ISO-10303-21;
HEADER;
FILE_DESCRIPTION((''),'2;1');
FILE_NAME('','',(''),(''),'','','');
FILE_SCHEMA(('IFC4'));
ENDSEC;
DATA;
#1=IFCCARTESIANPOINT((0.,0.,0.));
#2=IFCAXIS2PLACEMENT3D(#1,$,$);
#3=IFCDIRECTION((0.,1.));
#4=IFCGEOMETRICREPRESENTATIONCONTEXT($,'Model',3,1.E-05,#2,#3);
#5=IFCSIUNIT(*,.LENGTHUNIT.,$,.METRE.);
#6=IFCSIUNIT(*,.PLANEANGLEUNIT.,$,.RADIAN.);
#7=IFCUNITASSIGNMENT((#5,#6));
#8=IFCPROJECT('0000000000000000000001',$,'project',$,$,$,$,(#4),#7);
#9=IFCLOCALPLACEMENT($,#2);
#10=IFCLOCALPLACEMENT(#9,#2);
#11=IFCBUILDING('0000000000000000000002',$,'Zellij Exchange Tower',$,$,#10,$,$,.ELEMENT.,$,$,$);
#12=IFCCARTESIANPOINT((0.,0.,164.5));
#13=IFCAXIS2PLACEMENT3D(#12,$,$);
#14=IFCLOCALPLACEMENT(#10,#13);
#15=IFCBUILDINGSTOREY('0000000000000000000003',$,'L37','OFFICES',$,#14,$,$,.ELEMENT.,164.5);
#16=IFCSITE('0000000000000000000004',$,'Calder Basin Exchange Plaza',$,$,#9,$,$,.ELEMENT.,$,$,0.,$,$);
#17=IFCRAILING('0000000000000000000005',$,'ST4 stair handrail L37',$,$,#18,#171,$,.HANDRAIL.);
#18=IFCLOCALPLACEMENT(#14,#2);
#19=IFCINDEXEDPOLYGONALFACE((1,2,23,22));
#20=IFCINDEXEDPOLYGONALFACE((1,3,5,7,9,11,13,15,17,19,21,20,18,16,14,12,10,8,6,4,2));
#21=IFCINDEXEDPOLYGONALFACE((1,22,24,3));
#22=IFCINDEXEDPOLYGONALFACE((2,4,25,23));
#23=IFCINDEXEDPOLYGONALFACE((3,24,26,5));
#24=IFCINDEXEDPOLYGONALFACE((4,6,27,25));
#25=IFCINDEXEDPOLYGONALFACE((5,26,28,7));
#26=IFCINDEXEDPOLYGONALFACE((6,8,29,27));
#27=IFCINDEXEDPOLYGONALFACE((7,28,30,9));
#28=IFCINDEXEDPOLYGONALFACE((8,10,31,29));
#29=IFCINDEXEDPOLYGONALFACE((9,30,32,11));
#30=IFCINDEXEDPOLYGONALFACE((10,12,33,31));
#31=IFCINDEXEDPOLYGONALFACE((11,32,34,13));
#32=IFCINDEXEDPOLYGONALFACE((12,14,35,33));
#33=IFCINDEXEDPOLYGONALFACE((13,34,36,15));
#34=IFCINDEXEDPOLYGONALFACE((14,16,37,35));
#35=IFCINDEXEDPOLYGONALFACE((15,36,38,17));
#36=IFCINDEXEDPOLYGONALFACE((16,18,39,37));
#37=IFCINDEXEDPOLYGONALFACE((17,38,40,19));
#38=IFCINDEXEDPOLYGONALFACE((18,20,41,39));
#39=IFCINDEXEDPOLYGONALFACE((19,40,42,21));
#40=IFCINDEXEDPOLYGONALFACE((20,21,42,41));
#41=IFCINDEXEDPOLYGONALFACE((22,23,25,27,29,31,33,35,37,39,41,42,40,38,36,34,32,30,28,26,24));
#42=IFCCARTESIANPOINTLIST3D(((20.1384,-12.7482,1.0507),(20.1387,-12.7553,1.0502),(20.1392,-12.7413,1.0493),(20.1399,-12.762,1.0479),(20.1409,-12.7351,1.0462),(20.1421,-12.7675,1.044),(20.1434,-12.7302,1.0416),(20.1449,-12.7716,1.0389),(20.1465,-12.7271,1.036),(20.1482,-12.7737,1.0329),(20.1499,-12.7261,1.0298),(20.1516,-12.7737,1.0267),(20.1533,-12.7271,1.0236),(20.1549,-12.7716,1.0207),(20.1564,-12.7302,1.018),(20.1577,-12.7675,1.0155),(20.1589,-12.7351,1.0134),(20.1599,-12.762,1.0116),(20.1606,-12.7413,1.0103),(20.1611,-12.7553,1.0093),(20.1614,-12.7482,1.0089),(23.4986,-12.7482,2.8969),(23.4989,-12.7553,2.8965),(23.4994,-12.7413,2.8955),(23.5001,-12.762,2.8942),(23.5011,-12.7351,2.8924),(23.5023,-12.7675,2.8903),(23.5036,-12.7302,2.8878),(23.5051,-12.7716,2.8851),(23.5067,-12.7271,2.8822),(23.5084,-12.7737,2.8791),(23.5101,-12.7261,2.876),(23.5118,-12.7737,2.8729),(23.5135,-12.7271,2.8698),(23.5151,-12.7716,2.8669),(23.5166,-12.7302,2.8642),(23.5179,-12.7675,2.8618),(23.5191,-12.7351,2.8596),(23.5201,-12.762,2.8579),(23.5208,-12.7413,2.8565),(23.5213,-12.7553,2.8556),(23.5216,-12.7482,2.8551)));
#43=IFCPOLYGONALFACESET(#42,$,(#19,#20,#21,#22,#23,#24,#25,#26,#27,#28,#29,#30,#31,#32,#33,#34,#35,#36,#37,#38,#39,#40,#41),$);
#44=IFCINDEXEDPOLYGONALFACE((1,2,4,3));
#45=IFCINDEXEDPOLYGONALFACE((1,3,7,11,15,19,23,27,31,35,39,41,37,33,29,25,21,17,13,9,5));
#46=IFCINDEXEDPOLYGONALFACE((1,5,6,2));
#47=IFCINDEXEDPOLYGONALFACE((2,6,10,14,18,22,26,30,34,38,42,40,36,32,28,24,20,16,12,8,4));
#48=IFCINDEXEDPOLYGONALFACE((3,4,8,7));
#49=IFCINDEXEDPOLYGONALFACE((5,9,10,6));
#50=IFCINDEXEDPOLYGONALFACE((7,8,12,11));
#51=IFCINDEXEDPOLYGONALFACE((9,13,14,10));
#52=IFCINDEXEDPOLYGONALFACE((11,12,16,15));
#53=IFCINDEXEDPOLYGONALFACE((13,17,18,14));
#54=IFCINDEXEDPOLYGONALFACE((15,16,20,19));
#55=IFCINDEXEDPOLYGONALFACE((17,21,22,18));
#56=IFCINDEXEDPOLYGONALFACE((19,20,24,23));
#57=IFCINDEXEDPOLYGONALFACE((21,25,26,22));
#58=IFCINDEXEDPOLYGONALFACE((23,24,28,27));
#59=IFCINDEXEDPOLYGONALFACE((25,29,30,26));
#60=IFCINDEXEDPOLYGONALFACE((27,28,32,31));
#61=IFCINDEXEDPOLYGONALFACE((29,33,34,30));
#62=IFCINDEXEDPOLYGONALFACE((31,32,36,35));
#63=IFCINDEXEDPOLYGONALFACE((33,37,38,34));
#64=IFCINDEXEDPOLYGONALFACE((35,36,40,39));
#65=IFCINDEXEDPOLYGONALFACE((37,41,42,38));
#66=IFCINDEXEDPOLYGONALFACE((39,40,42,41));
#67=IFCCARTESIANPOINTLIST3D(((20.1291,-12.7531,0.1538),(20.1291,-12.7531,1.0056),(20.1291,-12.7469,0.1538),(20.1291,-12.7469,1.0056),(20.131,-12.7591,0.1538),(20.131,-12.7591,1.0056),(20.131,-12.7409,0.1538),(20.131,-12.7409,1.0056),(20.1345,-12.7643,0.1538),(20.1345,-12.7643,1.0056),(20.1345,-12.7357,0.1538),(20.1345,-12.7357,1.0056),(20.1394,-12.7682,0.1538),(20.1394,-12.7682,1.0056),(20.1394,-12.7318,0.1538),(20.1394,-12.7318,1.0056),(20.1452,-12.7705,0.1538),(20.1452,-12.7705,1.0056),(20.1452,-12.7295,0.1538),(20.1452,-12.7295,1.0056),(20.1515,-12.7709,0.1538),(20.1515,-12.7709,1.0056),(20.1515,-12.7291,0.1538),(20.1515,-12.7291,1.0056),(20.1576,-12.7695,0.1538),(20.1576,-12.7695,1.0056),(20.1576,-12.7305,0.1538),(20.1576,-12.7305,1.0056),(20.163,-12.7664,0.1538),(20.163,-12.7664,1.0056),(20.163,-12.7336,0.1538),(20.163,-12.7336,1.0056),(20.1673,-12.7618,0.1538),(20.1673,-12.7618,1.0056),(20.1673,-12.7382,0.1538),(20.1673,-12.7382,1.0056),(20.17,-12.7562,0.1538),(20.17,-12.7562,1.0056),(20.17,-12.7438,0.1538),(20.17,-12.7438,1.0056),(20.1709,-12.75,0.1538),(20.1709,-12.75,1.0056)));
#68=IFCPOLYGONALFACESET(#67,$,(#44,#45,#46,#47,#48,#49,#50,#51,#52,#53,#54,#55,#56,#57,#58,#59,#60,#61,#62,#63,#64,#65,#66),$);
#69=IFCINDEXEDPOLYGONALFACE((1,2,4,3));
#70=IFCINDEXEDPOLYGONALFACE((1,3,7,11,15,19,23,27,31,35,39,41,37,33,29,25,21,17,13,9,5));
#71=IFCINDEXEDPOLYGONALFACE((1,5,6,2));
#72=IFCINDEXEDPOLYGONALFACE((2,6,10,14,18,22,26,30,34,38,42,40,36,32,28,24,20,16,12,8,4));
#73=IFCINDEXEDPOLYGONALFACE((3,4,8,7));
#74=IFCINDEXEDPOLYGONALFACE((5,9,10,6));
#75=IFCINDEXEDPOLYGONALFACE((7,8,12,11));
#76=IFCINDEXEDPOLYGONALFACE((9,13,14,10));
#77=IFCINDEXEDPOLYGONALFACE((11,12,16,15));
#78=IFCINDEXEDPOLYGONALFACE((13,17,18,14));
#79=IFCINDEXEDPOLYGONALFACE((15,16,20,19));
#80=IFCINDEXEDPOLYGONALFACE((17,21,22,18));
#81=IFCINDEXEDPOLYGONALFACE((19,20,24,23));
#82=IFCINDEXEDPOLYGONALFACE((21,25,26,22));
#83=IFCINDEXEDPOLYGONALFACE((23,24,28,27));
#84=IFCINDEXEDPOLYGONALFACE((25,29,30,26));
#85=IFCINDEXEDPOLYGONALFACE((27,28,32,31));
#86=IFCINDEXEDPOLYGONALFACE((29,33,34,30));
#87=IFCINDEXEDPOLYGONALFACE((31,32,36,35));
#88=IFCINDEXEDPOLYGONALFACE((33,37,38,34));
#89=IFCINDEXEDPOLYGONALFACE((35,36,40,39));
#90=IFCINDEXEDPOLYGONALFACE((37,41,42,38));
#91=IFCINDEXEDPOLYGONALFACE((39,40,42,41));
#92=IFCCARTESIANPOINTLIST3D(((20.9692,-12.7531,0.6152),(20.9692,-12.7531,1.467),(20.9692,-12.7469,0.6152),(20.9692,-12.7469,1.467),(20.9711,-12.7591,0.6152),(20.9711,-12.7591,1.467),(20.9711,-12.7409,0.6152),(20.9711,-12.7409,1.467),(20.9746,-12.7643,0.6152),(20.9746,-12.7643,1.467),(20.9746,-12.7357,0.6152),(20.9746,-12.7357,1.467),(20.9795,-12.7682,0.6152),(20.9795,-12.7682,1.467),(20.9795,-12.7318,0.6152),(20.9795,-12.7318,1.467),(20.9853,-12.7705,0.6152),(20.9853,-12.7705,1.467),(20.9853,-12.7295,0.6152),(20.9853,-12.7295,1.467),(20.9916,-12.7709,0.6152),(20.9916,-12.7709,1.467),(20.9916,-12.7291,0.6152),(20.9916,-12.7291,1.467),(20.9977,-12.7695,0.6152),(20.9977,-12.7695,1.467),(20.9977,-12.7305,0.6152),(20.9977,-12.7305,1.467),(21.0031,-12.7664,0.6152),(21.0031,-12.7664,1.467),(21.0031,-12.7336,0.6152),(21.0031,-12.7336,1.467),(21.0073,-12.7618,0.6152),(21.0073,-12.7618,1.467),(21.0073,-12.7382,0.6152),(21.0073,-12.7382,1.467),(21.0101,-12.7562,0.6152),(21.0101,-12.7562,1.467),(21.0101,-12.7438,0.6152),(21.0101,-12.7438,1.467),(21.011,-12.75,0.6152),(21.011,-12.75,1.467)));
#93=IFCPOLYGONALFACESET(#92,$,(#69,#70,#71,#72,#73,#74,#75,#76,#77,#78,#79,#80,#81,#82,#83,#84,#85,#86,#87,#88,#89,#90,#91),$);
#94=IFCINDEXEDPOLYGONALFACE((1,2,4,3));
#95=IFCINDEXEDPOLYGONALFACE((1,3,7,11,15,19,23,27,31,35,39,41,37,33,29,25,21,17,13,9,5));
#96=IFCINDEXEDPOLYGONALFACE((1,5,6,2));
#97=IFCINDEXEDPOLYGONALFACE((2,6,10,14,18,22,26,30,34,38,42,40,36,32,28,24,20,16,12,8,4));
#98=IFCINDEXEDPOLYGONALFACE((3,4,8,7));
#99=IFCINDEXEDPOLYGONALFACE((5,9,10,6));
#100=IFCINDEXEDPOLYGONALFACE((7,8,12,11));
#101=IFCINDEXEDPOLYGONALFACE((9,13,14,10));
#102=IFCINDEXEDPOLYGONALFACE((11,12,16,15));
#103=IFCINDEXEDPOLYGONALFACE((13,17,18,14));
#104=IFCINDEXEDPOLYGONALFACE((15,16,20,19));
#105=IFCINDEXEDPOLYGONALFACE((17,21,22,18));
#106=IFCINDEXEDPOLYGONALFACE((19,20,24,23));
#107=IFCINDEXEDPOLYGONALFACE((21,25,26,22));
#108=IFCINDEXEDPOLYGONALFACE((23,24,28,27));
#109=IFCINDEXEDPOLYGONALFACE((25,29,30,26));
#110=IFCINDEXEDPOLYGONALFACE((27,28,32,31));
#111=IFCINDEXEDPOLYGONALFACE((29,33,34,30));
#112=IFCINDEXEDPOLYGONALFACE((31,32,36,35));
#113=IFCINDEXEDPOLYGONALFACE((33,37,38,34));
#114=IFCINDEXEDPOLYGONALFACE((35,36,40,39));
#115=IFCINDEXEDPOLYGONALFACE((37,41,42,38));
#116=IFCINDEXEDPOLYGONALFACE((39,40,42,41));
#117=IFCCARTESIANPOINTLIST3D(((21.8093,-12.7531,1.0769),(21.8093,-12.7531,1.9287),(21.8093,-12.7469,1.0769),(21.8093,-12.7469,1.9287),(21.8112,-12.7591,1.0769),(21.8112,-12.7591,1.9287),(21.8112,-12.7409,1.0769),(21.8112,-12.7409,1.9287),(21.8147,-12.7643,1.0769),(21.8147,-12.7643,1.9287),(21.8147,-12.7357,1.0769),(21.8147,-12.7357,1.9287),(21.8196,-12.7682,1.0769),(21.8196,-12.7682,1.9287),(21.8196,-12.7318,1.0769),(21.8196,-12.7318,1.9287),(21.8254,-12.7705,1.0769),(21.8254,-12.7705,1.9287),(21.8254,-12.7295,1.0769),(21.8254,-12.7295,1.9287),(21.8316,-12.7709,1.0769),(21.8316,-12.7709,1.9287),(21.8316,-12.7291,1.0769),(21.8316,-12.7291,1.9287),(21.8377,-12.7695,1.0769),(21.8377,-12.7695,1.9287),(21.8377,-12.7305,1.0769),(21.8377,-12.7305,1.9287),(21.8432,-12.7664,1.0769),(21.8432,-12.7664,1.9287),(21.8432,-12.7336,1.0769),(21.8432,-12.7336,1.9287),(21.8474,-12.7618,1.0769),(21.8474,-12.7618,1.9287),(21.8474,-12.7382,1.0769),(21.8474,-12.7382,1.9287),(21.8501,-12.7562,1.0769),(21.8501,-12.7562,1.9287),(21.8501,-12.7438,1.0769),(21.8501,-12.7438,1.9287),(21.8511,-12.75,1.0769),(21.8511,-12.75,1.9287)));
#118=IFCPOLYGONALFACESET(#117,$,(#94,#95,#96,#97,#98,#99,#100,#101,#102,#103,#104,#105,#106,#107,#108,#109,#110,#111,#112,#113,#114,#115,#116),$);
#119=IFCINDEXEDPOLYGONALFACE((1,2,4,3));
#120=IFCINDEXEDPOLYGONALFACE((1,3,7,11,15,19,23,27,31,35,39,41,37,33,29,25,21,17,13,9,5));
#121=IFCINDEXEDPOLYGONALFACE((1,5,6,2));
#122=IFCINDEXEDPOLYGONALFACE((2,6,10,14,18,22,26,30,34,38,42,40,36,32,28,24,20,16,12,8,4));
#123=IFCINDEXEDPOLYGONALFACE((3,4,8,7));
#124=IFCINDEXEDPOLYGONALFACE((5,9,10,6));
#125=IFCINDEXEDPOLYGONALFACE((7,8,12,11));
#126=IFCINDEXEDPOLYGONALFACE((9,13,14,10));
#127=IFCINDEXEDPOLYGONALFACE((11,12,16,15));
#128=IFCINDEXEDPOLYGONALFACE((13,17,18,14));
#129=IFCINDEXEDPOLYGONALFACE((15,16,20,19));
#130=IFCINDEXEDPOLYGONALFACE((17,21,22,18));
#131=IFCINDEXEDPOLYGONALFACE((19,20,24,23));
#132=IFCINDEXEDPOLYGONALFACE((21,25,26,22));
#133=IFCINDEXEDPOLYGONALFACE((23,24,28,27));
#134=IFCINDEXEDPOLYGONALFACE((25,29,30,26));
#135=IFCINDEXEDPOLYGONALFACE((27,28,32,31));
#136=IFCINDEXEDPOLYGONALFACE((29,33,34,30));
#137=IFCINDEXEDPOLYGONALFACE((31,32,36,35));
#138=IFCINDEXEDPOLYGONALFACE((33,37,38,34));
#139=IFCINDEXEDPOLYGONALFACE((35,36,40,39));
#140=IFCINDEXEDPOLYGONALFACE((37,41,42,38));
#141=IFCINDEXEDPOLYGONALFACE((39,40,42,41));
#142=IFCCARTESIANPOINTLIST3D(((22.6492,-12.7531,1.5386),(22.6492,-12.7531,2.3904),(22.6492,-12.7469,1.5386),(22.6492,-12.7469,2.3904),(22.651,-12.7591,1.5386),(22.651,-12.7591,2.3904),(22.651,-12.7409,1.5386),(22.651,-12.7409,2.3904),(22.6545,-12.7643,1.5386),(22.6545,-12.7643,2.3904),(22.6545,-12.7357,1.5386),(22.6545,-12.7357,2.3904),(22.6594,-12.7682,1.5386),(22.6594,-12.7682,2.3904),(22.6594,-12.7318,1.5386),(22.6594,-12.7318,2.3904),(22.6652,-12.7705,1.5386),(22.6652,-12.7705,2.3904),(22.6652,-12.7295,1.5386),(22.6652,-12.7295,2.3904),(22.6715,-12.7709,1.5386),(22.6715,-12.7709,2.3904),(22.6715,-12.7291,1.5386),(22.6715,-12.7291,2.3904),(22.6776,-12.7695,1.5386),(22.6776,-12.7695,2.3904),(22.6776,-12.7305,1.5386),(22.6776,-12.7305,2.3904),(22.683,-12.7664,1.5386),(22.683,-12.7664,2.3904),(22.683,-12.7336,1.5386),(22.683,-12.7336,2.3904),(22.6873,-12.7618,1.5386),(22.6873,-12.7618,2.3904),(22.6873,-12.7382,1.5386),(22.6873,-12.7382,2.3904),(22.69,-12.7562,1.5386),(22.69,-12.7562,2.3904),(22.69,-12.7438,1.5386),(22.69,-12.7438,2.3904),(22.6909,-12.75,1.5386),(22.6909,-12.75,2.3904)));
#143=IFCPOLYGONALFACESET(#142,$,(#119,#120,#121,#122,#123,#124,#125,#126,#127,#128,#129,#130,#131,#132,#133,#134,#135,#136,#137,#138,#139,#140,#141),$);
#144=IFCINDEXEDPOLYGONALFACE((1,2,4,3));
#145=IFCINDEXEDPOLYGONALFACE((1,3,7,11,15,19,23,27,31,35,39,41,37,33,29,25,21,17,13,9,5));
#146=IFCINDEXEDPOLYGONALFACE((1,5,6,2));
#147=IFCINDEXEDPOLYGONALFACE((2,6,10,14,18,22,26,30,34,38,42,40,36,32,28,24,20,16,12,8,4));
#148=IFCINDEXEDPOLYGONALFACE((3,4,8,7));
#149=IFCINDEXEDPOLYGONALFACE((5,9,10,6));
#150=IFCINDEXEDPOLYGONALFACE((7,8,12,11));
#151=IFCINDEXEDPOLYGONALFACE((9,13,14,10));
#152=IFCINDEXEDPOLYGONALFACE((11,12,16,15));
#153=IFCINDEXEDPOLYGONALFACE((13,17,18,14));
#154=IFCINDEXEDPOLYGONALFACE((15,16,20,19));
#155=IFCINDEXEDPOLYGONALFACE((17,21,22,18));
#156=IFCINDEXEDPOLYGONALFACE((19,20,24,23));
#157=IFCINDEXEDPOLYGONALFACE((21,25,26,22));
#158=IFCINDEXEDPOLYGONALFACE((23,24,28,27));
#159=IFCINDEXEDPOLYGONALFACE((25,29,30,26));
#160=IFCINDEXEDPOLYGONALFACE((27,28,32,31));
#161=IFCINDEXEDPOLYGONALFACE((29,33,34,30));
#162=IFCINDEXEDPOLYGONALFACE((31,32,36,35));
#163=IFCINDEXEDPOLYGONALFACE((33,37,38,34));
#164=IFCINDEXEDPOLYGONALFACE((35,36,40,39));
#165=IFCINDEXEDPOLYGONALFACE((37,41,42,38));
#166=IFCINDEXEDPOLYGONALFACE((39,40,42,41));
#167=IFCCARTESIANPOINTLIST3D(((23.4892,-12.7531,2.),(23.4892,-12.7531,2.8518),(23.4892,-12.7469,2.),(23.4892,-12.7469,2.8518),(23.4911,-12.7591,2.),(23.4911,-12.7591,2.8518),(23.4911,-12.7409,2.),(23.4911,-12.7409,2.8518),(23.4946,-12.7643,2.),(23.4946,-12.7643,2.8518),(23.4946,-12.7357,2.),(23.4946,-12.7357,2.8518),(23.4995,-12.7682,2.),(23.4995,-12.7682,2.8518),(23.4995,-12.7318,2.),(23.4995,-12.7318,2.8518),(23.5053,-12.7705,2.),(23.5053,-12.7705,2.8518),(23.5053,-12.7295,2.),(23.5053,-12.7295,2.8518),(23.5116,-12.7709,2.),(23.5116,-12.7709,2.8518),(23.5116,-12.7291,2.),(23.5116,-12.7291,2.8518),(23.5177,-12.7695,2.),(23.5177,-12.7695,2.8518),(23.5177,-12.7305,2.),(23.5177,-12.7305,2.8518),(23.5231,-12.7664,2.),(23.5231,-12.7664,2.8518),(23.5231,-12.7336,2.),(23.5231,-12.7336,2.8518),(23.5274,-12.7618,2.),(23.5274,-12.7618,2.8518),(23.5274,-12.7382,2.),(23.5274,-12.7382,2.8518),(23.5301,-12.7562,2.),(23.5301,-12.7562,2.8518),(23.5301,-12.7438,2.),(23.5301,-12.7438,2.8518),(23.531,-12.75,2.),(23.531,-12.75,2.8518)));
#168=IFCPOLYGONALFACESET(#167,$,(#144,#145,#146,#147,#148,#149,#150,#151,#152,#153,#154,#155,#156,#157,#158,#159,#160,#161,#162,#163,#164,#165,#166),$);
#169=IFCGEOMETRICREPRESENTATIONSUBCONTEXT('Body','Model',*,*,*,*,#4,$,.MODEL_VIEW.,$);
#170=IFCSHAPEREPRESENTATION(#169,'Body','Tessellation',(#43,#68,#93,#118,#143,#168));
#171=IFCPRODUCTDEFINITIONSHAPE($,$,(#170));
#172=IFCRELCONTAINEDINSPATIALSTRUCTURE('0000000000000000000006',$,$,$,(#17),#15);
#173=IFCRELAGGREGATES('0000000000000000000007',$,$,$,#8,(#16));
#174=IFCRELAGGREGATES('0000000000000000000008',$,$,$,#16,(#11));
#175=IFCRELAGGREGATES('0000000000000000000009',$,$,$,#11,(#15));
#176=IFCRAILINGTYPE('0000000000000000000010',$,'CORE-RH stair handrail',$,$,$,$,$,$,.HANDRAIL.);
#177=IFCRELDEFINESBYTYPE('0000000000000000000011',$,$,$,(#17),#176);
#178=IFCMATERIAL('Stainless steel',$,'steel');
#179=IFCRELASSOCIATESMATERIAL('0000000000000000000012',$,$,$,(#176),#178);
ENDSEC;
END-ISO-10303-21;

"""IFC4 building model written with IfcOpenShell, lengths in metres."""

from ifc_helpers import new_model, si_unit, direction, frame, origin, origin_2d, place, context, subcontext, project, spatial, circle, extrude, material, type_object, element, save


model = new_model("IFC4")

# Units and contexts
model_context = context("Model", 3, precision=1e-05, world=origin(), true_north=direction((0.0, 1.0)))
body_context = subcontext(model_context, "Body", "Model", "MODEL_VIEW")
ifc_project = project(units=[si_unit("LENGTHUNIT", "METRE"), si_unit("PLANEANGLEUNIT", "RADIAN")], contexts=[model_context])

# Site, building, storey
site_placement = place(None, origin())
site = spatial("IfcSite", under=ifc_project, at=site_placement, Name="Calder Basin Exchange Plaza", CompositionType="ELEMENT", RefElevation=0.0)
building_placement = place(site_placement, origin())
building = spatial("IfcBuilding", under=site, at=building_placement, Name="Zellij Exchange Tower", CompositionType="ELEMENT")
storey_placement = place(building_placement, frame((0.0, 0.0, 164.5)))
storey = spatial("IfcBuildingStorey", under=building, at=storey_placement, Name="L37", Description="OFFICES", CompositionType="ELEMENT", Elevation=164.5)

# Railing
ifc_material_1 = material(Name="Stainless steel", Category="steel")
railing_type_1 = type_object("IfcRailingType", Name="CORE-RH stair handrail", PredefinedType="HANDRAIL", material=ifc_material_1)
railing_1_placement = place(storey_placement, frame((20.1499, -12.75, 0.1538)))
element("IfcRailing", 1, at=railing_1_placement, inside=storey, type_object=railing_type_1, Name="ST4 stair handrail L37", PredefinedType="HANDRAIL", context=body_context, shape_type="SweptSolid", body=[
    extrude(circle(Radius=0.0239, at=origin_2d()), frame((0.0, 0.0, 0.876), z_axis=(0.876422, 0.0, 0.481545), x_axis=(0.0, 1.0, 0.0)), (0.0, 0.0, 1.0), 3.834),
    extrude(circle(Radius=0.021, at=origin_2d()), origin(), (0.0, 0.0, 1.0), 0.8518),
    extrude(circle(Radius=0.021, at=origin_2d()), frame((0.8401, 0.0, 0.4614)), (0.0, 0.0, 1.0), 0.8518),
    extrude(circle(Radius=0.021, at=origin_2d()), frame((1.6802, 0.0, 0.9231)), (0.0, 0.0, 1.0), 0.8518),
    extrude(circle(Radius=0.021, at=origin_2d()), frame((2.52, 0.0, 1.3848)), (0.0, 0.0, 1.0), 0.8518),
    extrude(circle(Radius=0.021, at=origin_2d()), frame((3.3601, 0.0, 1.8462)), (0.0, 0.0, 1.0), 0.8518),
])

save(model, "model.ifc")
